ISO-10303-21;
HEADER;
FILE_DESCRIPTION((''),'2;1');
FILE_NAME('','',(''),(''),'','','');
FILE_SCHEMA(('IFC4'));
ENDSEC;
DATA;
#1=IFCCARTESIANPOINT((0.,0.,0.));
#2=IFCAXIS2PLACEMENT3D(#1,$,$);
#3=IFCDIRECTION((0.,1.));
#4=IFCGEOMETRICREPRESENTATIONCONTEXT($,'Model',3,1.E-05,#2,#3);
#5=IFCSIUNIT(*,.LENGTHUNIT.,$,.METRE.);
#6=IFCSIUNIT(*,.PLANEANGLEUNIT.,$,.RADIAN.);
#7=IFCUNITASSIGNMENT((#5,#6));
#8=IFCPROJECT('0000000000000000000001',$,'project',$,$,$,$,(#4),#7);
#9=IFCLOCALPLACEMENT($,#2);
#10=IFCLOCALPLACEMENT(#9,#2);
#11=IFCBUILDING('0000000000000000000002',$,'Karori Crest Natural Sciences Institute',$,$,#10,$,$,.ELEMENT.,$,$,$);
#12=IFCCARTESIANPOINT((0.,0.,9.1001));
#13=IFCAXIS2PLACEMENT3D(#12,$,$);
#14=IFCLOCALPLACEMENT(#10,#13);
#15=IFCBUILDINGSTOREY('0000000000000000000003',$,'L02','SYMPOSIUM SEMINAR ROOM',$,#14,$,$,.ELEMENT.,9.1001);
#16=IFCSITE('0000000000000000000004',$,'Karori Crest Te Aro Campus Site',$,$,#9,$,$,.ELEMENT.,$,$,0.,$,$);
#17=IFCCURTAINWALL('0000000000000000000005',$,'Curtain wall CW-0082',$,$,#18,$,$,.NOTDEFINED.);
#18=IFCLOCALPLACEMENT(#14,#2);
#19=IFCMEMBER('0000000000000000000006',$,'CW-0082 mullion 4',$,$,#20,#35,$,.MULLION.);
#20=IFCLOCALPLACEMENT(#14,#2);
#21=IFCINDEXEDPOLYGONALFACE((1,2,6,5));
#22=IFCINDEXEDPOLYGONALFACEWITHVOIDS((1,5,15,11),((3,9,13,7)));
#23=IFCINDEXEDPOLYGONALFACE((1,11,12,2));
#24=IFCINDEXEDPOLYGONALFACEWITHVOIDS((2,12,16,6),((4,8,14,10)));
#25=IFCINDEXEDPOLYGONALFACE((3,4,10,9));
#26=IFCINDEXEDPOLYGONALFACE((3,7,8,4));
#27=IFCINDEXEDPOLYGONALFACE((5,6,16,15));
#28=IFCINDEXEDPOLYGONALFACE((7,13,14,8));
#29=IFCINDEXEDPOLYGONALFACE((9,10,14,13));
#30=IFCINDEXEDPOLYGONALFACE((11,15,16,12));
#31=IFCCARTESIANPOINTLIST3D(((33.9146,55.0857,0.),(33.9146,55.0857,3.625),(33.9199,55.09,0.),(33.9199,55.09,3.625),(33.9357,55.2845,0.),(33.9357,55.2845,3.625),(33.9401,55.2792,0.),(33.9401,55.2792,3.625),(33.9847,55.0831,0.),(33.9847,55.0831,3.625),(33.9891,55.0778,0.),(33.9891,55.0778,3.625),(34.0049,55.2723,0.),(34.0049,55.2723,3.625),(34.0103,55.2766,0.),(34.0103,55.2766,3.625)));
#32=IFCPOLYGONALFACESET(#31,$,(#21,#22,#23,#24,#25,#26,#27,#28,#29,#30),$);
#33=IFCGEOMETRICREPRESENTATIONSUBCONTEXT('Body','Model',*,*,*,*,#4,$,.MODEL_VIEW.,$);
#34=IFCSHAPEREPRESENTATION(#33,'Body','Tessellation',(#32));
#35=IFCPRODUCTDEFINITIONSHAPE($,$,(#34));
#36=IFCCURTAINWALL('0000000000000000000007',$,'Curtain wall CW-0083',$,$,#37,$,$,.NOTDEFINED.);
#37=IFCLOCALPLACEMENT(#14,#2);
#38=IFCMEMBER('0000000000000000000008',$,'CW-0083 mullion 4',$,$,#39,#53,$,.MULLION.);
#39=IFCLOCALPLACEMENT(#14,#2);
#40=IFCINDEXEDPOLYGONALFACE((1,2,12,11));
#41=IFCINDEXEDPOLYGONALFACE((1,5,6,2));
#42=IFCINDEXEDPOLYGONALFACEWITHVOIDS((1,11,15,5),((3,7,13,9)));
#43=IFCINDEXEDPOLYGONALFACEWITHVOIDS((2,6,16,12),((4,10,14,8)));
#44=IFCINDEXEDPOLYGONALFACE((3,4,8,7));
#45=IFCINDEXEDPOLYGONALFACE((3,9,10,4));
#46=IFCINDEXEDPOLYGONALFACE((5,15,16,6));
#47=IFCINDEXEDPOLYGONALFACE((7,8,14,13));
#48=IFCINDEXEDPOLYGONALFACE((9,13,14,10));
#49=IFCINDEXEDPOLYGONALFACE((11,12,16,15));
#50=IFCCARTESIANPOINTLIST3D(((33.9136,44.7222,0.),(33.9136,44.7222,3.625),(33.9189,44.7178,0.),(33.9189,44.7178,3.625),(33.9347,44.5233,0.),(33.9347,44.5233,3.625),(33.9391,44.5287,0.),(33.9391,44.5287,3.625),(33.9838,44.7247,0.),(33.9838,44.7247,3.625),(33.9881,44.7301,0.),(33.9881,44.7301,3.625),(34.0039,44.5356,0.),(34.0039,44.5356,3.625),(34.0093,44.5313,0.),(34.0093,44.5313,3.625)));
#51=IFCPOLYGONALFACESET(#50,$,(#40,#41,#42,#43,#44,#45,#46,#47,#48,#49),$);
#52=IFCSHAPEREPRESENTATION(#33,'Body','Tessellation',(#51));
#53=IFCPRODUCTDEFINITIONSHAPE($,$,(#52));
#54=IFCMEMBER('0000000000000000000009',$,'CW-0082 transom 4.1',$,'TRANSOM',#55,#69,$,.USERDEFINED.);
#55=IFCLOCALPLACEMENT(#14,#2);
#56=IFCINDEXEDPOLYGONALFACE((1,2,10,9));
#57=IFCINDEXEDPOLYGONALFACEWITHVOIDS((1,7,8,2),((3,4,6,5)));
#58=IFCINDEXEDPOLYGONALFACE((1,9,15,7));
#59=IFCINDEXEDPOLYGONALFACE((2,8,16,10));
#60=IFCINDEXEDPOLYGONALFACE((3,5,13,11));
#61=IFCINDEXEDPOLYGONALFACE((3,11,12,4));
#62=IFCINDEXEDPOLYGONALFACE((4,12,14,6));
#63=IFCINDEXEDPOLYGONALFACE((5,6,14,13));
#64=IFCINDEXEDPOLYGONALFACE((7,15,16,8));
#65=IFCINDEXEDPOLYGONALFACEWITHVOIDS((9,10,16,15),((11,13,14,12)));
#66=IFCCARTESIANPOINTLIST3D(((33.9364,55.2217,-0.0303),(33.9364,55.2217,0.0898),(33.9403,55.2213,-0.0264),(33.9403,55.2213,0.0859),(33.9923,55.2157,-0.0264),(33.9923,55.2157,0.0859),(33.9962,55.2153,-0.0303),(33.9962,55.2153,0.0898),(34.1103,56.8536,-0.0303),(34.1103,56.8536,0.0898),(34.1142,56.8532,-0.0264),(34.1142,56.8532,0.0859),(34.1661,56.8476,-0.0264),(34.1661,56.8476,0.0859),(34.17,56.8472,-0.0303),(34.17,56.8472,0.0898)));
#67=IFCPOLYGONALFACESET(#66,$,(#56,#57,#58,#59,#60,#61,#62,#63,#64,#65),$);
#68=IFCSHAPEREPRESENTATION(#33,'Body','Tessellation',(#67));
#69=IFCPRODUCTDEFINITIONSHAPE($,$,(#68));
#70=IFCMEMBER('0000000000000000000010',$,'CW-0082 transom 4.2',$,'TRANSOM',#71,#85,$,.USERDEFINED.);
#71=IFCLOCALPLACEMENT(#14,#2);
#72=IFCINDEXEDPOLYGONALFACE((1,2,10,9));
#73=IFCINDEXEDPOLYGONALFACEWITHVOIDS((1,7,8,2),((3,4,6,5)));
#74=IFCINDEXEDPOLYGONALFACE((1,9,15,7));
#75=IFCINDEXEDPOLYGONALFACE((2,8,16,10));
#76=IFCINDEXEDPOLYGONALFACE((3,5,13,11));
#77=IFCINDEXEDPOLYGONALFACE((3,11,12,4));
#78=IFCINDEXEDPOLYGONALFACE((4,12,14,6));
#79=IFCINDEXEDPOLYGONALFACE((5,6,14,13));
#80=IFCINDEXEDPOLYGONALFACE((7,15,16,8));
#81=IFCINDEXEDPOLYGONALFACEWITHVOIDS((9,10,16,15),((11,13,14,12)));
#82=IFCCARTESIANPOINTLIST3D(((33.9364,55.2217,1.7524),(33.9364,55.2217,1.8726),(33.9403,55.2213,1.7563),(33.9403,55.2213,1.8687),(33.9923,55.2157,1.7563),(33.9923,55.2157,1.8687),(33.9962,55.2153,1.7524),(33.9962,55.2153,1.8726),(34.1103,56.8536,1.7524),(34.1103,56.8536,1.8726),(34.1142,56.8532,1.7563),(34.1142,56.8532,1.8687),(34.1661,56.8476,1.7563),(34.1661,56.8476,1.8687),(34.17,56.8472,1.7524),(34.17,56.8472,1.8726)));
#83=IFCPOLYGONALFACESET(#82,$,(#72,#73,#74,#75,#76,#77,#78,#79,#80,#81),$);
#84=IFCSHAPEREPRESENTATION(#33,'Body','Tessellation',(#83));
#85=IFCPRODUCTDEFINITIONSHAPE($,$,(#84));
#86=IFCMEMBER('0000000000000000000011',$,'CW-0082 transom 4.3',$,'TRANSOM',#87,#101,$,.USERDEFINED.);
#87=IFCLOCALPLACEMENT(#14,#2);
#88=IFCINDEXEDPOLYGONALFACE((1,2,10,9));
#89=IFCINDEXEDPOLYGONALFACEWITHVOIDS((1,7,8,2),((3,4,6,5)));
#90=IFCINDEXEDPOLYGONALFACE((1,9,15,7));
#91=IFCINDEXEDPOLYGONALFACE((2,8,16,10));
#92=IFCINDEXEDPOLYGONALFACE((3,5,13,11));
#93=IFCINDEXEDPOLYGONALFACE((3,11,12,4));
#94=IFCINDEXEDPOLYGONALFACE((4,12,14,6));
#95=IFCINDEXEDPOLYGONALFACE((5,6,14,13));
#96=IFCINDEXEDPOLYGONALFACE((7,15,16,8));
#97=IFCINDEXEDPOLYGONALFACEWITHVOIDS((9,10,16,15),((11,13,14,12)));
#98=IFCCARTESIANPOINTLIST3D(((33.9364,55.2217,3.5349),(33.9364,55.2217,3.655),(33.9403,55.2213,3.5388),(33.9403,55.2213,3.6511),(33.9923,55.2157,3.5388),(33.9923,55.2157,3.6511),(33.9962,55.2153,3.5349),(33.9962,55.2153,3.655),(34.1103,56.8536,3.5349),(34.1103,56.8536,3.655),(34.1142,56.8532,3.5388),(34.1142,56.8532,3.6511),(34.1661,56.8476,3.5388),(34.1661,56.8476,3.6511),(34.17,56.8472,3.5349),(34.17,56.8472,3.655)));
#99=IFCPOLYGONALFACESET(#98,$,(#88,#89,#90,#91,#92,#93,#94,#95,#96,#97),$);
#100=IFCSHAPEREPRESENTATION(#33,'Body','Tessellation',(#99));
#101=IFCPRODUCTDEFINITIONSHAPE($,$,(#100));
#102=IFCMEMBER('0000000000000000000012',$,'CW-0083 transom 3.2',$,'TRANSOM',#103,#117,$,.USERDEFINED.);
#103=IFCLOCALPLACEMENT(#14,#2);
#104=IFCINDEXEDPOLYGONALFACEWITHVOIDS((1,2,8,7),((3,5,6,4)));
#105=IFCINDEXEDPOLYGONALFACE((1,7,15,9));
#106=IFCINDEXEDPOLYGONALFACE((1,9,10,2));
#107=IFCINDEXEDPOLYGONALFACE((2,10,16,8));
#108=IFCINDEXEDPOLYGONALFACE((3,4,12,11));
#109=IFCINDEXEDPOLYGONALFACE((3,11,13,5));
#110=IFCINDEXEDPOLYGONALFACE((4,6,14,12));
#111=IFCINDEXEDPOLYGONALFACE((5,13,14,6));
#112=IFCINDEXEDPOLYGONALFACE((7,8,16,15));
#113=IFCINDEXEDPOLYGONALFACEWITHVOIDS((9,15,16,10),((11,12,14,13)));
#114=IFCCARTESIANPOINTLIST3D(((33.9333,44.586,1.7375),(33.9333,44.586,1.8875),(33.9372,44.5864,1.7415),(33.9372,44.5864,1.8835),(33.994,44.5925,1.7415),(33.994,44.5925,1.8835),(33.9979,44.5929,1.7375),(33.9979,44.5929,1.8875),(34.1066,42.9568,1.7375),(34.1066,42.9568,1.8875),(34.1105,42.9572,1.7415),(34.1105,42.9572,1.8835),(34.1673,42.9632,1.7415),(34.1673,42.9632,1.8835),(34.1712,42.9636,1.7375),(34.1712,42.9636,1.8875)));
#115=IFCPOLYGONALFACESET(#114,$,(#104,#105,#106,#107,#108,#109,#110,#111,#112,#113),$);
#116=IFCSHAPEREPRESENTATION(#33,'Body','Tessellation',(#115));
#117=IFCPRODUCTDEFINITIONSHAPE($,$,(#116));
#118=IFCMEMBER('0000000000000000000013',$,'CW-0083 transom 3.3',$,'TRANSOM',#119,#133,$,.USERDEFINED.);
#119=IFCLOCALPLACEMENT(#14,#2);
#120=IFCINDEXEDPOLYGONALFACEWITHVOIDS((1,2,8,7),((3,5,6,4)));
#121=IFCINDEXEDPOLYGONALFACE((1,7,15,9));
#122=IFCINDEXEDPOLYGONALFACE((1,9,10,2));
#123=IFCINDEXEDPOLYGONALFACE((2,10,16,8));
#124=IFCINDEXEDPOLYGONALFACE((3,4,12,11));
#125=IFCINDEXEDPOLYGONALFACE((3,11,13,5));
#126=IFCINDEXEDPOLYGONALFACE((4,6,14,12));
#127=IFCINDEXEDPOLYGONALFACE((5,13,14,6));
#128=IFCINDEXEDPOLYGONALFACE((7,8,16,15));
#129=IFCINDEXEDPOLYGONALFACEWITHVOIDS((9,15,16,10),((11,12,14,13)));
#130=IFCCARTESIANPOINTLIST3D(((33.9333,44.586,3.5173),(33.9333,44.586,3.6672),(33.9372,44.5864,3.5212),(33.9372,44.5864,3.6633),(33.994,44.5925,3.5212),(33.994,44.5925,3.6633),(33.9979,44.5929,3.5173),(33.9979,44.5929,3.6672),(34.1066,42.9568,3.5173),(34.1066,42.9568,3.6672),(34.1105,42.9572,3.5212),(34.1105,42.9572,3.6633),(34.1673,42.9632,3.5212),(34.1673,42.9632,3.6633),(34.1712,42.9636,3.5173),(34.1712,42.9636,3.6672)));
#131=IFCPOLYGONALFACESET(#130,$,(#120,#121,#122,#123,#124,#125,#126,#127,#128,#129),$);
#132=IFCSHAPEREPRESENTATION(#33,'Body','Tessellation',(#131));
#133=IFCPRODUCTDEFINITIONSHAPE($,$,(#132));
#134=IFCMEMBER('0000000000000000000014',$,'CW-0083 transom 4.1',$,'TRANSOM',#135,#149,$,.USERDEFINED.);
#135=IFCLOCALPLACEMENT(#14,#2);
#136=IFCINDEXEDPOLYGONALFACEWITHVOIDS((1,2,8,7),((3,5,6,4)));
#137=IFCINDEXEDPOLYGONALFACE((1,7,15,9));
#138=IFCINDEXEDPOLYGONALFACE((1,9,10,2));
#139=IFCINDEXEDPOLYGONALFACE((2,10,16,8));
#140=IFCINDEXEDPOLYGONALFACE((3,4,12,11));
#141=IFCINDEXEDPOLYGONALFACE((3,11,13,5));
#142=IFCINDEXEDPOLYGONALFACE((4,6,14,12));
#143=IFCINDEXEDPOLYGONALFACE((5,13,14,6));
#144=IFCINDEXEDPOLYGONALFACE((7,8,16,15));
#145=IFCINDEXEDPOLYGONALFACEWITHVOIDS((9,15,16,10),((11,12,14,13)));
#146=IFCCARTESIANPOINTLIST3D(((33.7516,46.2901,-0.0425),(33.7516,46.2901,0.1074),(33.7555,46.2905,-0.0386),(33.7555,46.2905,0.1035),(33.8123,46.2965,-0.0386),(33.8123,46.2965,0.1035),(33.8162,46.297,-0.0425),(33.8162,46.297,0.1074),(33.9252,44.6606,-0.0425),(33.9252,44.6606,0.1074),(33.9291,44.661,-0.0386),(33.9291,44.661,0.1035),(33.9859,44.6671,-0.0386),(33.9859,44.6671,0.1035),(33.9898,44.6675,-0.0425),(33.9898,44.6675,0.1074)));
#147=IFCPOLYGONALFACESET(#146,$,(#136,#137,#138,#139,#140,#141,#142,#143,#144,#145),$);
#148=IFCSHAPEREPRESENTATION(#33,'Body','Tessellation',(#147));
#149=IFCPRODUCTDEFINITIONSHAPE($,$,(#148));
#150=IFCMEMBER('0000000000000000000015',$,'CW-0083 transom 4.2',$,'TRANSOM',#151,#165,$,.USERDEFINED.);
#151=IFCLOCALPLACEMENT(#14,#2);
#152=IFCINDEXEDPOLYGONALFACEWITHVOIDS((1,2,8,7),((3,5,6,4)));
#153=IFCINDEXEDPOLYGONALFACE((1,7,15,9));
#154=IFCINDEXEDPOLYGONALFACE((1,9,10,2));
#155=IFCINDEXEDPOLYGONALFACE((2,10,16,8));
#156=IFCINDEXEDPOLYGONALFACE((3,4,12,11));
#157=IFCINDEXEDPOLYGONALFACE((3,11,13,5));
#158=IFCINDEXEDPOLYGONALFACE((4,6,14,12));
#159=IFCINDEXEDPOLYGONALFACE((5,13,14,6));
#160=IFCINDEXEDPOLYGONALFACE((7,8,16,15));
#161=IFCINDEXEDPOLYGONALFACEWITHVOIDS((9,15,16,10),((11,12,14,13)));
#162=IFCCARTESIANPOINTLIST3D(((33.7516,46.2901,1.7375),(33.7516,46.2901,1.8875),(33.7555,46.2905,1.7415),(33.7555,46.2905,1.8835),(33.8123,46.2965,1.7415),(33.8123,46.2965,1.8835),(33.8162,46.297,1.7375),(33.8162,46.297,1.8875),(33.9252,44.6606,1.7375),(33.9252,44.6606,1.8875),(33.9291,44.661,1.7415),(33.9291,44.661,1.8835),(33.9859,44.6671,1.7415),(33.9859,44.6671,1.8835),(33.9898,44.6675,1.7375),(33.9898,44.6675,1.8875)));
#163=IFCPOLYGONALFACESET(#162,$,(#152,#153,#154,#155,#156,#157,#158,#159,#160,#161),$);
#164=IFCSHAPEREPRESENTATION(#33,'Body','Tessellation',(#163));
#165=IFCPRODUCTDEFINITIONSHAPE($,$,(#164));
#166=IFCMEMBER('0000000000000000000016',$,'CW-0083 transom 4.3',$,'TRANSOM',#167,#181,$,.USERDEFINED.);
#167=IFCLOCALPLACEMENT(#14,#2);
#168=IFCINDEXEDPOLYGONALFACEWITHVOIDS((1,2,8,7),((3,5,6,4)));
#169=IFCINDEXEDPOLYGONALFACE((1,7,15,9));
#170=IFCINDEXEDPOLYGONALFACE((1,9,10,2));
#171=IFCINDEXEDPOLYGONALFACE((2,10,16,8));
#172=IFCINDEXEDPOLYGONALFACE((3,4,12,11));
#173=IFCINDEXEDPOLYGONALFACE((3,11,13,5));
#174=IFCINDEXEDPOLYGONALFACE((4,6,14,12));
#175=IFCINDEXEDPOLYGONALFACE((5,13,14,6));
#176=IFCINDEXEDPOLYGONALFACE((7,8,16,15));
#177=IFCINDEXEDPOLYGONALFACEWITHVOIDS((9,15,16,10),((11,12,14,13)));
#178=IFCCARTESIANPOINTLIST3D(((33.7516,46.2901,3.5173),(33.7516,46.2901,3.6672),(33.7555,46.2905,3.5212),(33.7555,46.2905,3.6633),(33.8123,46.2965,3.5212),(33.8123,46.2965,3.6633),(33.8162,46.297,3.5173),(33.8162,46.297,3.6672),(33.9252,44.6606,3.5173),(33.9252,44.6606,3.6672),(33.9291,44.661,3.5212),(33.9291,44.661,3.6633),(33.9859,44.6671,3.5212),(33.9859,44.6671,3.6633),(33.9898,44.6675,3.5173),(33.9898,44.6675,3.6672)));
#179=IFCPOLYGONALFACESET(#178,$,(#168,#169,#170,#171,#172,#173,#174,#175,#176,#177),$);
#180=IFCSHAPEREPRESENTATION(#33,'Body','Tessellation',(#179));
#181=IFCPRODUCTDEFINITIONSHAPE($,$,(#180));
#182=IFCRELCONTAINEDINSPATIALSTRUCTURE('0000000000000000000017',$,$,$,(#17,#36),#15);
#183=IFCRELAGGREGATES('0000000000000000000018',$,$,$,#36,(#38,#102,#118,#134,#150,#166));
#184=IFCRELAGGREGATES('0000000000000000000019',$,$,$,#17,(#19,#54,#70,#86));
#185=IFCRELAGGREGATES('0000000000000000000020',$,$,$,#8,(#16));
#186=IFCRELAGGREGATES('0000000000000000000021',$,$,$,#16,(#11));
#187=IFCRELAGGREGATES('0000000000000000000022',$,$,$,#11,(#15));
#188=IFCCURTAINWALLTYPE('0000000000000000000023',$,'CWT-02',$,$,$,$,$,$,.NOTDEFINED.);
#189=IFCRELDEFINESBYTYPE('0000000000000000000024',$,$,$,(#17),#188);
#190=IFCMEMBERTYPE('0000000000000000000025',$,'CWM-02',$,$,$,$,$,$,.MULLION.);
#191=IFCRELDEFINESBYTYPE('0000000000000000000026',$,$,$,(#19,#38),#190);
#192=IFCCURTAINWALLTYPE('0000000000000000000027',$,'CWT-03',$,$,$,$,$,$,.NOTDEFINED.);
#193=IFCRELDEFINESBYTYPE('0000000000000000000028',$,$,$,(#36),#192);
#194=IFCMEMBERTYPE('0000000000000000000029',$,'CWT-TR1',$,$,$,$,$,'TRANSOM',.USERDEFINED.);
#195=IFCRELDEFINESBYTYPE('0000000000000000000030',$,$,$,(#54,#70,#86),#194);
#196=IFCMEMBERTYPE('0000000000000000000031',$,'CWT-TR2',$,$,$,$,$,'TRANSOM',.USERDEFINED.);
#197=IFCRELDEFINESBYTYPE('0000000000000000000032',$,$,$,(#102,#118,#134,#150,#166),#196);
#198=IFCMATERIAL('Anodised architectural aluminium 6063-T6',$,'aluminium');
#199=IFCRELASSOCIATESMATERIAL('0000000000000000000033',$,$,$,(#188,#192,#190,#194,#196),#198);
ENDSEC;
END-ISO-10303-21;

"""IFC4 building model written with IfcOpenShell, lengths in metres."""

from ifc_helpers import new_model, si_unit, direction, frame, origin, origin_2d, place, context, subcontext, project, spatial, hollow_rectangle, extrude, material, material_profile, profile_set, type_object, element, aggregate, save


model = new_model("IFC4")

# Units and contexts
model_context = context("Model", 3, precision=1e-05, world=origin(), true_north=direction((0.0, 1.0)))
body_context = subcontext(model_context, "Body", "Model", "MODEL_VIEW")
ifc_project = project(units=[si_unit("LENGTHUNIT", "METRE"), si_unit("PLANEANGLEUNIT", "RADIAN")], contexts=[model_context])

# Site, building, storey
site_placement = place(None, origin())
site = spatial("IfcSite", under=ifc_project, at=site_placement, Name="Karori Crest Te Aro Campus Site", CompositionType="ELEMENT", RefElevation=0.0)
building_placement = place(site_placement, origin())
building = spatial("IfcBuilding", under=site, at=building_placement, Name="Karori Crest Natural Sciences Institute", CompositionType="ELEMENT")
storey_placement = place(building_placement, frame((0.0, 0.0, 9.1001)))
storey = spatial("IfcBuildingStorey", under=building, at=storey_placement, Name="L02", Description="SYMPOSIUM SEMINAR ROOM", CompositionType="ELEMENT", Elevation=9.1001)

# Curtain walls, members
ifc_material_1 = material(Name="Anodised architectural aluminium 6063-T6", Category="aluminium")
curtain_wall_type_1 = type_object("IfcCurtainWallType", Name="CWT-02", PredefinedType="NOTDEFINED", material=ifc_material_1)
curtain_wall_1_placement = place(storey_placement, origin())
curtain_wall_1 = element("IfcCurtainWall", 1, at=curtain_wall_1_placement, inside=storey, type_object=curtain_wall_type_1, Name="Curtain wall CW-0082", PredefinedType="NOTDEFINED")
ifc_material_profile_1 = material_profile(ifc_material_1, hollow_rectangle(XDim=0.075, YDim=0.2, WallThickness=0.0049, at=origin_2d()), Name="CWM200x75x5")
ifc_profile_set_1 = profile_set([ifc_material_profile_1], Name="Anodised architectural aluminium 6063-T6")
member_type_1 = type_object("IfcMemberType", Name="CWM-02", PredefinedType="MULLION", material=ifc_profile_set_1)
member_1_placement = place(storey_placement, frame((33.9624, 55.1812, 0.0), z_axis=(0.0, 0.0, 1.0), x_axis=(-0.994378, 0.105884, 0.0)))
member_1 = element("IfcMember", 2, at=member_1_placement, type_object=member_type_1, Name="CW-0082 mullion 4", PredefinedType="MULLION", context=body_context, shape_type="SweptSolid", body=[
    extrude(hollow_rectangle(XDim=0.075, YDim=0.2, WallThickness=0.0049, at=origin_2d()), origin(), (0.0, 0.0, 1.0), 3.625),
])
curtain_wall_type_2 = type_object("IfcCurtainWallType", Name="CWT-03", PredefinedType="NOTDEFINED", material=ifc_material_1)
curtain_wall_2_placement = place(storey_placement, origin())
curtain_wall_2 = element("IfcCurtainWall", 3, at=curtain_wall_2_placement, inside=storey, type_object=curtain_wall_type_2, Name="Curtain wall CW-0083", PredefinedType="NOTDEFINED")
member_2_placement = place(storey_placement, frame((33.9614, 44.6267, 0.0), z_axis=(0.0, 0.0, 1.0), x_axis=(-0.994379, -0.105882, 0.0)))
member_2 = element("IfcMember", 4, at=member_2_placement, type_object=member_type_1, Name="CW-0083 mullion 4", PredefinedType="MULLION", context=body_context, shape_type="SweptSolid", body=[
    extrude(hollow_rectangle(XDim=0.075, YDim=0.2, WallThickness=0.0049, at=origin_2d()), origin(), (0.0, 0.0, 1.0), 3.625),
])

# Members
ifc_material_profile_2 = material_profile(ifc_material_1, hollow_rectangle(XDim=0.0601, YDim=0.1201, WallThickness=0.0039, at=origin_2d()), Name="CWT120x60x4")
ifc_profile_set_2 = profile_set([ifc_material_profile_2], Name="Anodised architectural aluminium 6063-T6")
member_type_2 = type_object("IfcMemberType", Name="CWT-TR1", ElementType="TRANSOM", PredefinedType="USERDEFINED", material=ifc_profile_set_2)
member_3_placement = place(storey_placement, frame((33.9663, 55.2185, 0.0298), z_axis=(0.105924, 0.994374, 0.0), x_axis=(-0.994374, 0.105924, 0.0)))
member_3 = element("IfcMember", 5, at=member_3_placement, type_object=member_type_2, Name="CW-0082 transom 4.1", ObjectType="TRANSOM", PredefinedType="USERDEFINED", context=body_context, shape_type="SweptSolid", body=[
    extrude(hollow_rectangle(XDim=0.0601, YDim=0.1201, WallThickness=0.0039, at=origin_2d()), origin(), (0.0, 0.0, 1.0), 1.6411),
])
member_4_placement = place(storey_placement, frame((33.9663, 55.2185, 1.8125), z_axis=(0.105924, 0.994374, 0.0), x_axis=(-0.994374, 0.105924, 0.0)))
member_4 = element("IfcMember", 6, at=member_4_placement, type_object=member_type_2, Name="CW-0082 transom 4.2", ObjectType="TRANSOM", PredefinedType="USERDEFINED", context=body_context, shape_type="SweptSolid", body=[
    extrude(hollow_rectangle(XDim=0.0601, YDim=0.1201, WallThickness=0.0039, at=origin_2d()), origin(), (0.0, 0.0, 1.0), 1.6411),
])
member_5_placement = place(storey_placement, frame((33.9663, 55.2185, 3.595), z_axis=(0.105924, 0.994374, 0.0), x_axis=(-0.994374, 0.105924, 0.0)))
member_5 = element("IfcMember", 7, at=member_5_placement, type_object=member_type_2, Name="CW-0082 transom 4.3", ObjectType="TRANSOM", PredefinedType="USERDEFINED", context=body_context, shape_type="SweptSolid", body=[
    extrude(hollow_rectangle(XDim=0.0601, YDim=0.1201, WallThickness=0.0039, at=origin_2d()), origin(), (0.0, 0.0, 1.0), 1.6411),
])
ifc_material_profile_3 = material_profile(ifc_material_1, hollow_rectangle(XDim=0.0649, YDim=0.1499, WallThickness=0.0039, at=origin_2d()), Name="CWT150x65x4")
ifc_profile_set_3 = profile_set([ifc_material_profile_3], Name="Anodised architectural aluminium 6063-T6")
member_type_3 = type_object("IfcMemberType", Name="CWT-TR2", ElementType="TRANSOM", PredefinedType="USERDEFINED", material=ifc_profile_set_3)
member_6_placement = place(storey_placement, frame((34.1389, 42.9602, 1.8125), z_axis=(-0.105802, 0.994387, 0.0), x_axis=(-0.994387, -0.105802, 0.0)))
member_6 = element("IfcMember", 8, at=member_6_placement, type_object=member_type_3, Name="CW-0083 transom 3.2", ObjectType="TRANSOM", PredefinedType="USERDEFINED", context=body_context, shape_type="SweptSolid", body=[
    extrude(hollow_rectangle(XDim=0.0649, YDim=0.1499, WallThickness=0.0039, at=origin_2d()), origin(), (0.0, 0.0, 1.0), 1.6384),
])
member_7_placement = place(storey_placement, frame((34.1389, 42.9602, 3.5923), z_axis=(-0.105802, 0.994387, 0.0), x_axis=(-0.994387, -0.105802, 0.0)))
member_7 = element("IfcMember", 9, at=member_7_placement, type_object=member_type_3, Name="CW-0083 transom 3.3", ObjectType="TRANSOM", PredefinedType="USERDEFINED", context=body_context, shape_type="SweptSolid", body=[
    extrude(hollow_rectangle(XDim=0.0649, YDim=0.1499, WallThickness=0.0039, at=origin_2d()), origin(), (0.0, 0.0, 1.0), 1.6384),
])
member_8_placement = place(storey_placement, frame((33.9575, 44.6641, 0.0325), z_axis=(-0.105933, 0.994373, 0.0), x_axis=(-0.994373, -0.105933, 0.0)))
member_8 = element("IfcMember", 10, at=member_8_placement, type_object=member_type_3, Name="CW-0083 transom 4.1", ObjectType="TRANSOM", PredefinedType="USERDEFINED", context=body_context, shape_type="SweptSolid", body=[
    extrude(hollow_rectangle(XDim=0.0649, YDim=0.1499, WallThickness=0.0039, at=origin_2d()), origin(), (0.0, 0.0, 1.0), 1.6387),
])
member_9_placement = place(storey_placement, frame((33.9575, 44.6641, 1.8125), z_axis=(-0.105933, 0.994373, 0.0), x_axis=(-0.994373, -0.105933, 0.0)))
member_9 = element("IfcMember", 11, at=member_9_placement, type_object=member_type_3, Name="CW-0083 transom 4.2", ObjectType="TRANSOM", PredefinedType="USERDEFINED", context=body_context, shape_type="SweptSolid", body=[
    extrude(hollow_rectangle(XDim=0.0649, YDim=0.1499, WallThickness=0.0039, at=origin_2d()), origin(), (0.0, 0.0, 1.0), 1.6387),
])
member_10_placement = place(storey_placement, frame((33.9575, 44.6641, 3.5923), z_axis=(-0.105933, 0.994373, 0.0), x_axis=(-0.994373, -0.105933, 0.0)))
member_10 = element("IfcMember", 12, at=member_10_placement, type_object=member_type_3, Name="CW-0083 transom 4.3", ObjectType="TRANSOM", PredefinedType="USERDEFINED", context=body_context, shape_type="SweptSolid", body=[
    extrude(hollow_rectangle(XDim=0.0649, YDim=0.1499, WallThickness=0.0039, at=origin_2d()), origin(), (0.0, 0.0, 1.0), 1.6387),
])

aggregate(curtain_wall_2, [member_2, member_6, member_7, member_8, member_9, member_10])
aggregate(curtain_wall_1, [member_1, member_3, member_4, member_5])

save(model, "model.ifc")
